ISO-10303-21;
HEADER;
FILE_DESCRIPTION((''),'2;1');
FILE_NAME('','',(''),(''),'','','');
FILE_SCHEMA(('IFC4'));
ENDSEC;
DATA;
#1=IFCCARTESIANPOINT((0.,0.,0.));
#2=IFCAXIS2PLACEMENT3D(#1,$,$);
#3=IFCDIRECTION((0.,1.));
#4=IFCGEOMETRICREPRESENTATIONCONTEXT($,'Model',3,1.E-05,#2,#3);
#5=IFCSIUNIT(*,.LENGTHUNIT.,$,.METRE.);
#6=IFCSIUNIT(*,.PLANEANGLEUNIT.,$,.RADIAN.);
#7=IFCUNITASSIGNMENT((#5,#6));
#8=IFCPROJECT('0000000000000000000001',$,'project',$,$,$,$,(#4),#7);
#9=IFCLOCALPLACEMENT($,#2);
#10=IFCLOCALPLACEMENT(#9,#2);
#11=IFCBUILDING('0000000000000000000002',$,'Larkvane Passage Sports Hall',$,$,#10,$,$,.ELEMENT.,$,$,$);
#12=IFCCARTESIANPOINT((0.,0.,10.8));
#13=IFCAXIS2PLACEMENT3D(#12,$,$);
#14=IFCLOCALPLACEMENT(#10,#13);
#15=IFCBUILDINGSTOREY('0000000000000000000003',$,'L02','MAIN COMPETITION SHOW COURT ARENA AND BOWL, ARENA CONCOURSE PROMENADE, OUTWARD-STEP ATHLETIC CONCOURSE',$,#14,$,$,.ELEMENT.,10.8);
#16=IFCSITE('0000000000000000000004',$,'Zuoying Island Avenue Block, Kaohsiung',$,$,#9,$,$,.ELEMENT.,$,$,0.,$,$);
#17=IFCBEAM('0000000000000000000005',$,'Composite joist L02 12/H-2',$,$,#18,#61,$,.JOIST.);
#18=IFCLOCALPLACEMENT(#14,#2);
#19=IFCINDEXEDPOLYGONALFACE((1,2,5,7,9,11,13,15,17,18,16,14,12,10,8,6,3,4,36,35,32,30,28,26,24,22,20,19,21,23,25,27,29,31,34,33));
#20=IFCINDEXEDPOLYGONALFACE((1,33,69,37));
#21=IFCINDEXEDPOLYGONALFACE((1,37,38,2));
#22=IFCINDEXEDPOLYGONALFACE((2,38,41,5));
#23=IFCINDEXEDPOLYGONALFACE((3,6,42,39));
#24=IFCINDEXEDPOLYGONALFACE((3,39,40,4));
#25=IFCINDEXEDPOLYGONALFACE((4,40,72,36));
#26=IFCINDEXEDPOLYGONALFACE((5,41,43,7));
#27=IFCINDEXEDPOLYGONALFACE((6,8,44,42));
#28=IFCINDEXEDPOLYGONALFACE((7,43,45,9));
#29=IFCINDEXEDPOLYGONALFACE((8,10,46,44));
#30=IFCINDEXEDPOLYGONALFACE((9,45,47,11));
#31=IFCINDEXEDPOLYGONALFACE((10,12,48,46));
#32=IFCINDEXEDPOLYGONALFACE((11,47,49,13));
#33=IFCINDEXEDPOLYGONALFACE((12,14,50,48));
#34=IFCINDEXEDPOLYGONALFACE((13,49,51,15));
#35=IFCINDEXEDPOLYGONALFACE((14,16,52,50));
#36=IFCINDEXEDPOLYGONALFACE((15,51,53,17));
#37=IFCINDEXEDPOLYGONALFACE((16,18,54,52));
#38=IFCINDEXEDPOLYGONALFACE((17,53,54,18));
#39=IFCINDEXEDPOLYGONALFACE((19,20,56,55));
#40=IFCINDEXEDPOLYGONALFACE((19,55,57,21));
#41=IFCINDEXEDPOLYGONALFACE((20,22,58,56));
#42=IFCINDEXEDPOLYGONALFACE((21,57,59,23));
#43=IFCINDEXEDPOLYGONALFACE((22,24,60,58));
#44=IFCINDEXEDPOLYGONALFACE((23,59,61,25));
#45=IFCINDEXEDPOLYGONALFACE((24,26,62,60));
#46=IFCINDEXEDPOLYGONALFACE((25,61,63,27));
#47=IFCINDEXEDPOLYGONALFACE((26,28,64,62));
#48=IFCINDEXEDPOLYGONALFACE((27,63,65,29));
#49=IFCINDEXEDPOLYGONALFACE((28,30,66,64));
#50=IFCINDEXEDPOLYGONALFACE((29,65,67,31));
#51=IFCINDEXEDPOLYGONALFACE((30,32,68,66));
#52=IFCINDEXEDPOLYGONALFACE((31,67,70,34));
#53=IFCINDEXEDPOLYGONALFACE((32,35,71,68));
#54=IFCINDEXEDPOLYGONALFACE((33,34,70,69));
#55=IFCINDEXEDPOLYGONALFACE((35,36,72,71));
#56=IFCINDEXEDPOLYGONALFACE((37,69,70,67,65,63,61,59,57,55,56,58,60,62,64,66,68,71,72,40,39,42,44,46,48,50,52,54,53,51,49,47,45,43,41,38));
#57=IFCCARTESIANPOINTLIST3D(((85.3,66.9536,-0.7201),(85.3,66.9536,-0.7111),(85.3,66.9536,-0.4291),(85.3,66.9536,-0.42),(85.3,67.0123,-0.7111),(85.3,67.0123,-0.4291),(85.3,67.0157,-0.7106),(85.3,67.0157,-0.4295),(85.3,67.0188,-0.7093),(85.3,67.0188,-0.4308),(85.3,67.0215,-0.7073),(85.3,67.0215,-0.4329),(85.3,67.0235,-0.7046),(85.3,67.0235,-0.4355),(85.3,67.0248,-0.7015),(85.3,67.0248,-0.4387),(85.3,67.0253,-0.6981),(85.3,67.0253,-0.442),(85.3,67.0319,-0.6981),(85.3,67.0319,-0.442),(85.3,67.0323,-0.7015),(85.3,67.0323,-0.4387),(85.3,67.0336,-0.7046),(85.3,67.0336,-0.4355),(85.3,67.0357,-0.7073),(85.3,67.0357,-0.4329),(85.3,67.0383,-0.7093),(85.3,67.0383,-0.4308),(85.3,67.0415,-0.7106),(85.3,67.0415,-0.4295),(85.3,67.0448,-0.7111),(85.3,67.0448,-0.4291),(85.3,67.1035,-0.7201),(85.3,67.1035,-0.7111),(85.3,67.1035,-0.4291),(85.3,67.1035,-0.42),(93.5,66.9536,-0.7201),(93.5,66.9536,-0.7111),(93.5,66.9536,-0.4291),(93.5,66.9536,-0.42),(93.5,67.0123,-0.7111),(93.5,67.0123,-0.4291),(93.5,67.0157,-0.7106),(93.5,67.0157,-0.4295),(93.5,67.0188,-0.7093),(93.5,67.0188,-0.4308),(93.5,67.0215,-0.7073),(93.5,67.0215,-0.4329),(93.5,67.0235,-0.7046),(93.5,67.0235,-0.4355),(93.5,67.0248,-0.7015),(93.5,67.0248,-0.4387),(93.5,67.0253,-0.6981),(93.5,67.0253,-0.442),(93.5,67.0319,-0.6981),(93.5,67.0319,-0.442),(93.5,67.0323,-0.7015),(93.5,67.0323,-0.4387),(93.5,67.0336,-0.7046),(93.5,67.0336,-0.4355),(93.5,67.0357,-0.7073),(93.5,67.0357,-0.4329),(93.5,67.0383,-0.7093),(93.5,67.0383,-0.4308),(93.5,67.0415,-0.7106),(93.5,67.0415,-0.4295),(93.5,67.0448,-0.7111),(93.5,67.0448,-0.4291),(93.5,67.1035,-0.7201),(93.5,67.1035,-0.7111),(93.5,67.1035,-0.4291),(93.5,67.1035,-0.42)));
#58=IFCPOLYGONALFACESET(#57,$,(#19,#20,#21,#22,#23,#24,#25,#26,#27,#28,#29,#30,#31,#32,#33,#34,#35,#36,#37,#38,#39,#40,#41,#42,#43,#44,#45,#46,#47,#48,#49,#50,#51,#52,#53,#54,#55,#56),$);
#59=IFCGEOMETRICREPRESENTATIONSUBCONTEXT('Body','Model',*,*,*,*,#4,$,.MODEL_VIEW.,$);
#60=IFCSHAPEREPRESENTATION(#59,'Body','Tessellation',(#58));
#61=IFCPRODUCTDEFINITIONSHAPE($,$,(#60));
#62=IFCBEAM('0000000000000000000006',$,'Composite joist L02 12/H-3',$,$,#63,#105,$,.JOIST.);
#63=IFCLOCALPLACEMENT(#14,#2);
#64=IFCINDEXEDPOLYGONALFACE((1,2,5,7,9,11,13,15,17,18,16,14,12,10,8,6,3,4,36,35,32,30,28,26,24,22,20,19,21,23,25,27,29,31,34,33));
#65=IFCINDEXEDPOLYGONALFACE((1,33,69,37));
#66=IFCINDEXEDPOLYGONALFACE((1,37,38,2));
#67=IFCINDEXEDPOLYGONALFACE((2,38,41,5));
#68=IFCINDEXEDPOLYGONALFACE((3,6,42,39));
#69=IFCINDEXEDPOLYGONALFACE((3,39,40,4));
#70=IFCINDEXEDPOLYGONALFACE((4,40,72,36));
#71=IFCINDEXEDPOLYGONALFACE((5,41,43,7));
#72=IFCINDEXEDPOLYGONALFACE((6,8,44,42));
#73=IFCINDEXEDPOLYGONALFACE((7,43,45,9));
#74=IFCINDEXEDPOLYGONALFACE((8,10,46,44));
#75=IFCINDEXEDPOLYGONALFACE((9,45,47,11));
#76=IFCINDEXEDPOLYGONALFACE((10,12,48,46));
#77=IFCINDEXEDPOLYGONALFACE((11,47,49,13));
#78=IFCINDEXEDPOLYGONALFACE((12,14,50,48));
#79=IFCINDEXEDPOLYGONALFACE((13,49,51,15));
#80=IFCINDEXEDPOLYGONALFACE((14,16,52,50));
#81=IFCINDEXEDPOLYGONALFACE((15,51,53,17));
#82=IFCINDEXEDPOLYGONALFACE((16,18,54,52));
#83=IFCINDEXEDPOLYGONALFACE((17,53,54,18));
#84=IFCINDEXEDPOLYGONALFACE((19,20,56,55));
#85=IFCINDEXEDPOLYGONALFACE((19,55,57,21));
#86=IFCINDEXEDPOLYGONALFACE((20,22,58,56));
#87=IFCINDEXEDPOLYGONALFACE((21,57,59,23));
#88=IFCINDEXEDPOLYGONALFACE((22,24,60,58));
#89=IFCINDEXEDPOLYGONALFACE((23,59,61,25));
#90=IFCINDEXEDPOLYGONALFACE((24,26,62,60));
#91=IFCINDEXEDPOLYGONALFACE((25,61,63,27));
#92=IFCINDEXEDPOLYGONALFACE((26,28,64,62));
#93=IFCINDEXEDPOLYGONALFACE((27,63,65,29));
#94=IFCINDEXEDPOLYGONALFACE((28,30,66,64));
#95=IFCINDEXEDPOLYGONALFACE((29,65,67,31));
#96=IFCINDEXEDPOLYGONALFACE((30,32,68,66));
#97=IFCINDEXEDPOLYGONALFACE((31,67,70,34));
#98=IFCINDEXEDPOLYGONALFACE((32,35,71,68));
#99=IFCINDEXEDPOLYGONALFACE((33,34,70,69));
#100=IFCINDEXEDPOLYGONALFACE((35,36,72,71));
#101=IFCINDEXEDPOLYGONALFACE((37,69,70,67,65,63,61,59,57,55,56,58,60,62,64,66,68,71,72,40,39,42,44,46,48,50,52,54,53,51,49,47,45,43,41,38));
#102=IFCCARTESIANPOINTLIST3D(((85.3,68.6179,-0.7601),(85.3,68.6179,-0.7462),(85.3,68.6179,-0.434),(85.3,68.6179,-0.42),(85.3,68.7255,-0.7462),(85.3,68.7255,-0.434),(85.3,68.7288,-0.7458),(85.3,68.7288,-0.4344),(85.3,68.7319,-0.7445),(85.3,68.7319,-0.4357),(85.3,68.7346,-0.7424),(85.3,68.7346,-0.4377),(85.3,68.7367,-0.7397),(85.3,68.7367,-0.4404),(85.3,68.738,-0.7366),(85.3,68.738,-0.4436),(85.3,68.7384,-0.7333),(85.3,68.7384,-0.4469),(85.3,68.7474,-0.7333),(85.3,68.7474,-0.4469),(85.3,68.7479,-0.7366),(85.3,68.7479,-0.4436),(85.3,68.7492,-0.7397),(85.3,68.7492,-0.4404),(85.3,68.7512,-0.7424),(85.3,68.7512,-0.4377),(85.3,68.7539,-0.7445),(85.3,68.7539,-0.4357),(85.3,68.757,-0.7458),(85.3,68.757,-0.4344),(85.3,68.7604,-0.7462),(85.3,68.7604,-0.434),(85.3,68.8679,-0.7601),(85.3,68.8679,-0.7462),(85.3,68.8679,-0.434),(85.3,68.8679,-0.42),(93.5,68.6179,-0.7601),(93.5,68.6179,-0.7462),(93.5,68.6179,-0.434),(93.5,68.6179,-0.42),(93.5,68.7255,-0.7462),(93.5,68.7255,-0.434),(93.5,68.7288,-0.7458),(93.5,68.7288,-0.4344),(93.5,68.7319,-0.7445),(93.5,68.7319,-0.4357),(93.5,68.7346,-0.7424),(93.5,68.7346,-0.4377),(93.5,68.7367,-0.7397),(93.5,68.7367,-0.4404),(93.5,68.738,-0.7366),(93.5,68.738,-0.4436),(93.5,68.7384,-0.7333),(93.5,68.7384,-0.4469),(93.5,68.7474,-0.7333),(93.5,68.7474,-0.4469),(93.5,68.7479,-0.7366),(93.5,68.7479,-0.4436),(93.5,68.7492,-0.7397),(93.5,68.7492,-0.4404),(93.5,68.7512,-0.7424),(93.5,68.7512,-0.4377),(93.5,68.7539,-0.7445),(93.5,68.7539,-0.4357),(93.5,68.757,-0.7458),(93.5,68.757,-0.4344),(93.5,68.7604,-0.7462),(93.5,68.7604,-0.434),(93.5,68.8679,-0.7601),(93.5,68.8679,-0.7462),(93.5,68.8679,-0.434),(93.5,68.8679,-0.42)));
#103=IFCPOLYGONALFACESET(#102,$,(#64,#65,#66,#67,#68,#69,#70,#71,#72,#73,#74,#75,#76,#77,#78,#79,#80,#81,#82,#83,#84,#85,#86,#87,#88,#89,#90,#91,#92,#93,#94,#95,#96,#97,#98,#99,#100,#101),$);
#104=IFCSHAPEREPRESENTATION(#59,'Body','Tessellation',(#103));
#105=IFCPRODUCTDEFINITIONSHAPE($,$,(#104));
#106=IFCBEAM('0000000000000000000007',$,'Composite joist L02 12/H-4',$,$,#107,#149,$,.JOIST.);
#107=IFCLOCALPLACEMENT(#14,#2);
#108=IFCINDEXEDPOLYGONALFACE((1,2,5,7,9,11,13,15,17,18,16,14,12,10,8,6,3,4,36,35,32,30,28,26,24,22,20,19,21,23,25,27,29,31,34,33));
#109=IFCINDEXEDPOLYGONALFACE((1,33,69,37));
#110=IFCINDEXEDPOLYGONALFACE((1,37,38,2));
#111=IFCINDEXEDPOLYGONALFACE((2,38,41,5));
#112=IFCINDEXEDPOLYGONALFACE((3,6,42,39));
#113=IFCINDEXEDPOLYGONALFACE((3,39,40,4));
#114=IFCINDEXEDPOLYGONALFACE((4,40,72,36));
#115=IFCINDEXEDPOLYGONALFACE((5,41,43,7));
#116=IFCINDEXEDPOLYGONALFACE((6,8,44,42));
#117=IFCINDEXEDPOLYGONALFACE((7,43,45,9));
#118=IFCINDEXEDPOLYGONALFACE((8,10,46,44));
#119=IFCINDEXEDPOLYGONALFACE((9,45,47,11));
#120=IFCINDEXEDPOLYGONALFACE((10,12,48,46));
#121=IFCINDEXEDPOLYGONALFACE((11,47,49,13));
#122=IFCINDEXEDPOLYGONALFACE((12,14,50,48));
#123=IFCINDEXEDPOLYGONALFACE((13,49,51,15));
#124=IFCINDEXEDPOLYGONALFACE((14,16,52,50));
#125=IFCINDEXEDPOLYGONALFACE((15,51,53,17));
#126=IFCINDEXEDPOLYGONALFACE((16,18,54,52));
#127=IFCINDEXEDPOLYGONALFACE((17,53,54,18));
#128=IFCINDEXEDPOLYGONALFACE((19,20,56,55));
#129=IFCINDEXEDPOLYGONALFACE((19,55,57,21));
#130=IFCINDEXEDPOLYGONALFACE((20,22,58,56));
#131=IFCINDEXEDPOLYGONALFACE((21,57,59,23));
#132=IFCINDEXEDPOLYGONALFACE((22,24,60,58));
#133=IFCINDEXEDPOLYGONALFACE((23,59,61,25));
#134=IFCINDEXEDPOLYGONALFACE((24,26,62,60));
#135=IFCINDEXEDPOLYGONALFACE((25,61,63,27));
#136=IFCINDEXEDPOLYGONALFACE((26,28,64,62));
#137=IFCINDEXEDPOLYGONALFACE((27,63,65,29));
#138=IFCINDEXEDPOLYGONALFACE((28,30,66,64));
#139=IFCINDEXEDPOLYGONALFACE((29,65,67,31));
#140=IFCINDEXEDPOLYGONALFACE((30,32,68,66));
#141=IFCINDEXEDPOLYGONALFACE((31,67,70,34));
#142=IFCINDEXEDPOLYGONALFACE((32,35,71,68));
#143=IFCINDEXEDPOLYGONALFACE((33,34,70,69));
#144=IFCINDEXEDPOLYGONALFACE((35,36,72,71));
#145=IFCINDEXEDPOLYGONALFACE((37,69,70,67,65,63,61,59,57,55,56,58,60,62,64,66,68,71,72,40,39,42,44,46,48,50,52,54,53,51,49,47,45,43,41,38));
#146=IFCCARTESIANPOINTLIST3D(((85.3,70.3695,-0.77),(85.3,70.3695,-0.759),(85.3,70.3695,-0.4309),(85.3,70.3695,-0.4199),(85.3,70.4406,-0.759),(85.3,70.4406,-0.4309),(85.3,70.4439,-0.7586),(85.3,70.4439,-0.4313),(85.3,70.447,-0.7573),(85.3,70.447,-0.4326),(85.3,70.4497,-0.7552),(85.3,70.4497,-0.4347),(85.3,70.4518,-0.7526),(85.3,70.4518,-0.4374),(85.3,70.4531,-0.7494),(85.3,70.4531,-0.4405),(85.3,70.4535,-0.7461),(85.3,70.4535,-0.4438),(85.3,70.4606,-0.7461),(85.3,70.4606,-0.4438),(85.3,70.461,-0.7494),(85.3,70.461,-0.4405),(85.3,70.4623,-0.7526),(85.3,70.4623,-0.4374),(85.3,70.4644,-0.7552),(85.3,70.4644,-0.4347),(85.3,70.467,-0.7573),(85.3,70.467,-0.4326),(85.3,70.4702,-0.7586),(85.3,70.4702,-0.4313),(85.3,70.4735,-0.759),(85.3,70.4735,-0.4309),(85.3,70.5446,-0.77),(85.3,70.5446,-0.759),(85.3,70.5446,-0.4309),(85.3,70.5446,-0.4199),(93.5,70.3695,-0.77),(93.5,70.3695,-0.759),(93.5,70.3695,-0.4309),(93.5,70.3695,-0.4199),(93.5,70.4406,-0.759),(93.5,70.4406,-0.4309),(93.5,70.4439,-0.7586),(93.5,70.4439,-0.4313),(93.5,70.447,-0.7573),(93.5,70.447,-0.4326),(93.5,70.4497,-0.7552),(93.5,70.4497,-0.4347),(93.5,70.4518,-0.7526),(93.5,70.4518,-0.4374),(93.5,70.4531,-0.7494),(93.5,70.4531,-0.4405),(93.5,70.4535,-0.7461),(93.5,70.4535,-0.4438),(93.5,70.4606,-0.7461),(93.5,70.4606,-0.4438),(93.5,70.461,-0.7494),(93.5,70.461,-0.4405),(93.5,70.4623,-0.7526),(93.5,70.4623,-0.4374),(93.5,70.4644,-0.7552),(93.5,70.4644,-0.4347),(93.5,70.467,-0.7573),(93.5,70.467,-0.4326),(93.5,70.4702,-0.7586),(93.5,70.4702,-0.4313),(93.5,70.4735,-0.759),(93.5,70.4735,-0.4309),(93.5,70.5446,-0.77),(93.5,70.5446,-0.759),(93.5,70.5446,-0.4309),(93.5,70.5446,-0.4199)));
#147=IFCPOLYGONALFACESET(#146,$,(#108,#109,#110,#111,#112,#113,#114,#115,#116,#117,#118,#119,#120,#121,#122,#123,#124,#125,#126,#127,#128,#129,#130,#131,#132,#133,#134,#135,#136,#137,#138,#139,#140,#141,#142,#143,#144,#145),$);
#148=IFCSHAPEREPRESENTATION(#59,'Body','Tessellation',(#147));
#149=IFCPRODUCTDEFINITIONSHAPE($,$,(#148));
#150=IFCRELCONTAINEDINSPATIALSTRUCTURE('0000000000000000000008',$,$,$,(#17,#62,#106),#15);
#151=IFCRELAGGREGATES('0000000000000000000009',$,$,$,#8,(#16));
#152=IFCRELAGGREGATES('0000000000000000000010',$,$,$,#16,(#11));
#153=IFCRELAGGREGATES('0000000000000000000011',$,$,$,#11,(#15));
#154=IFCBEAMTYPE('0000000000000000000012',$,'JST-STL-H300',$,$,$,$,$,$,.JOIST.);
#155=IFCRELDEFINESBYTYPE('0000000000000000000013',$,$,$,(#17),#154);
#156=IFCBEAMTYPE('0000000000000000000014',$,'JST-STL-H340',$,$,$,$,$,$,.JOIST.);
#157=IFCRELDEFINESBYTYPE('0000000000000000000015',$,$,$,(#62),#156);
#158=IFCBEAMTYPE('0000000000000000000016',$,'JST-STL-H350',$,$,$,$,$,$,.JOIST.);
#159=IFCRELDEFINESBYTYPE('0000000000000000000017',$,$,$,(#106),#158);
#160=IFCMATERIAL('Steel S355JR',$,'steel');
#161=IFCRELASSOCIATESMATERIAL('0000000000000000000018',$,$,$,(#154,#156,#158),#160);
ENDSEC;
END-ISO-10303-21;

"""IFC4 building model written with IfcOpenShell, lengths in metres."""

from ifc_helpers import new_model, si_unit, direction, frame, origin, origin_2d, place, context, subcontext, project, spatial, i_section, extrude, material, material_profile, profile_set, type_object, element, save


model = new_model("IFC4")

# Units and contexts
model_context = context("Model", 3, precision=1e-05, world=origin(), true_north=direction((0.0, 1.0)))
body_context = subcontext(model_context, "Body", "Model", "MODEL_VIEW")
ifc_project = project(units=[si_unit("LENGTHUNIT", "METRE"), si_unit("PLANEANGLEUNIT", "RADIAN")], contexts=[model_context])

# Site, building, storey
site_placement = place(None, origin())
site = spatial("IfcSite", under=ifc_project, at=site_placement, Name="Zuoying Island Avenue Block, Kaohsiung", CompositionType="ELEMENT", RefElevation=0.0)
building_placement = place(site_placement, origin())
building = spatial("IfcBuilding", under=site, at=building_placement, Name="Larkvane Passage Sports Hall", CompositionType="ELEMENT")
storey_placement = place(building_placement, frame((0.0, 0.0, 10.8)))
storey = spatial("IfcBuildingStorey", under=building, at=storey_placement, Name="L02", Description="MAIN COMPETITION SHOW COURT ARENA AND BOWL, ARENA CONCOURSE PROMENADE, OUTWARD-STEP ATHLETIC CONCOURSE", CompositionType="ELEMENT", Elevation=10.8)

# Shared definitions
ifc_material_1 = material(Name="Steel S355JR", Category="steel")

# Beams
ifc_material_profile_1 = material_profile(ifc_material_1, i_section(OverallWidth=0.1499, OverallDepth=0.3, WebThickness=0.0066, FlangeThickness=0.009, FilletRadius=0.0129, at=origin_2d()), Name="H-300x150x6.5x9")
ifc_profile_set_1 = profile_set([ifc_material_profile_1], Name="Steel S355JR")
beam_type_1 = type_object("IfcBeamType", Name="JST-STL-H300", PredefinedType="JOIST", material=ifc_profile_set_1)
beam_1_placement = place(storey_placement, frame((85.3, 67.0286, -0.5701), z_axis=(1.0, 0.0, 0.0), x_axis=(0.0, 1.0, 0.0)))
element("IfcBeam", 1, at=beam_1_placement, inside=storey, type_object=beam_type_1, Name="Composite joist L02 12/H-2", PredefinedType="JOIST", context=body_context, shape_type="SweptSolid", body=[
    extrude(i_section(OverallWidth=0.1499, OverallDepth=0.3, WebThickness=0.0066, FlangeThickness=0.009, FilletRadius=0.0129, at=origin_2d()), origin(), (0.0, 0.0, 1.0), 8.2),
])
ifc_material_profile_2 = material_profile(ifc_material_1, i_section(OverallWidth=0.25, OverallDepth=0.3401, WebThickness=0.009, FlangeThickness=0.0139, FilletRadius=0.0129, at=origin_2d()), Name="H-340x250x9x14")
ifc_profile_set_2 = profile_set([ifc_material_profile_2], Name="Steel S355JR")
beam_type_2 = type_object("IfcBeamType", Name="JST-STL-H340", PredefinedType="JOIST", material=ifc_profile_set_2)
beam_2_placement = place(storey_placement, frame((85.3, 68.7429, -0.5901), z_axis=(1.0, 0.0, 0.0), x_axis=(0.0, 1.0, 0.0)))
element("IfcBeam", 2, at=beam_2_placement, inside=storey, type_object=beam_type_2, Name="Composite joist L02 12/H-3", PredefinedType="JOIST", context=body_context, shape_type="SweptSolid", body=[
    extrude(i_section(OverallWidth=0.25, OverallDepth=0.3401, WebThickness=0.009, FlangeThickness=0.0139, FilletRadius=0.0129, at=origin_2d()), origin(), (0.0, 0.0, 1.0), 8.2),
])
ifc_material_profile_3 = material_profile(ifc_material_1, i_section(OverallWidth=0.175, OverallDepth=0.3501, WebThickness=0.0071, FlangeThickness=0.011, FilletRadius=0.0129, at=origin_2d()), Name="H-350x175x7x11")
ifc_profile_set_3 = profile_set([ifc_material_profile_3], Name="Steel S355JR")
beam_type_3 = type_object("IfcBeamType", Name="JST-STL-H350", PredefinedType="JOIST", material=ifc_profile_set_3)
beam_3_placement = place(storey_placement, frame((85.3, 70.457, -0.595), z_axis=(1.0, 0.0, 0.0), x_axis=(0.0, 1.0, 0.0)))
element("IfcBeam", 3, at=beam_3_placement, inside=storey, type_object=beam_type_3, Name="Composite joist L02 12/H-4", PredefinedType="JOIST", context=body_context, shape_type="SweptSolid", body=[
    extrude(i_section(OverallWidth=0.175, OverallDepth=0.3501, WebThickness=0.0071, FlangeThickness=0.011, FilletRadius=0.0129, at=origin_2d()), origin(), (0.0, 0.0, 1.0), 8.2),
])

save(model, "model.ifc")
